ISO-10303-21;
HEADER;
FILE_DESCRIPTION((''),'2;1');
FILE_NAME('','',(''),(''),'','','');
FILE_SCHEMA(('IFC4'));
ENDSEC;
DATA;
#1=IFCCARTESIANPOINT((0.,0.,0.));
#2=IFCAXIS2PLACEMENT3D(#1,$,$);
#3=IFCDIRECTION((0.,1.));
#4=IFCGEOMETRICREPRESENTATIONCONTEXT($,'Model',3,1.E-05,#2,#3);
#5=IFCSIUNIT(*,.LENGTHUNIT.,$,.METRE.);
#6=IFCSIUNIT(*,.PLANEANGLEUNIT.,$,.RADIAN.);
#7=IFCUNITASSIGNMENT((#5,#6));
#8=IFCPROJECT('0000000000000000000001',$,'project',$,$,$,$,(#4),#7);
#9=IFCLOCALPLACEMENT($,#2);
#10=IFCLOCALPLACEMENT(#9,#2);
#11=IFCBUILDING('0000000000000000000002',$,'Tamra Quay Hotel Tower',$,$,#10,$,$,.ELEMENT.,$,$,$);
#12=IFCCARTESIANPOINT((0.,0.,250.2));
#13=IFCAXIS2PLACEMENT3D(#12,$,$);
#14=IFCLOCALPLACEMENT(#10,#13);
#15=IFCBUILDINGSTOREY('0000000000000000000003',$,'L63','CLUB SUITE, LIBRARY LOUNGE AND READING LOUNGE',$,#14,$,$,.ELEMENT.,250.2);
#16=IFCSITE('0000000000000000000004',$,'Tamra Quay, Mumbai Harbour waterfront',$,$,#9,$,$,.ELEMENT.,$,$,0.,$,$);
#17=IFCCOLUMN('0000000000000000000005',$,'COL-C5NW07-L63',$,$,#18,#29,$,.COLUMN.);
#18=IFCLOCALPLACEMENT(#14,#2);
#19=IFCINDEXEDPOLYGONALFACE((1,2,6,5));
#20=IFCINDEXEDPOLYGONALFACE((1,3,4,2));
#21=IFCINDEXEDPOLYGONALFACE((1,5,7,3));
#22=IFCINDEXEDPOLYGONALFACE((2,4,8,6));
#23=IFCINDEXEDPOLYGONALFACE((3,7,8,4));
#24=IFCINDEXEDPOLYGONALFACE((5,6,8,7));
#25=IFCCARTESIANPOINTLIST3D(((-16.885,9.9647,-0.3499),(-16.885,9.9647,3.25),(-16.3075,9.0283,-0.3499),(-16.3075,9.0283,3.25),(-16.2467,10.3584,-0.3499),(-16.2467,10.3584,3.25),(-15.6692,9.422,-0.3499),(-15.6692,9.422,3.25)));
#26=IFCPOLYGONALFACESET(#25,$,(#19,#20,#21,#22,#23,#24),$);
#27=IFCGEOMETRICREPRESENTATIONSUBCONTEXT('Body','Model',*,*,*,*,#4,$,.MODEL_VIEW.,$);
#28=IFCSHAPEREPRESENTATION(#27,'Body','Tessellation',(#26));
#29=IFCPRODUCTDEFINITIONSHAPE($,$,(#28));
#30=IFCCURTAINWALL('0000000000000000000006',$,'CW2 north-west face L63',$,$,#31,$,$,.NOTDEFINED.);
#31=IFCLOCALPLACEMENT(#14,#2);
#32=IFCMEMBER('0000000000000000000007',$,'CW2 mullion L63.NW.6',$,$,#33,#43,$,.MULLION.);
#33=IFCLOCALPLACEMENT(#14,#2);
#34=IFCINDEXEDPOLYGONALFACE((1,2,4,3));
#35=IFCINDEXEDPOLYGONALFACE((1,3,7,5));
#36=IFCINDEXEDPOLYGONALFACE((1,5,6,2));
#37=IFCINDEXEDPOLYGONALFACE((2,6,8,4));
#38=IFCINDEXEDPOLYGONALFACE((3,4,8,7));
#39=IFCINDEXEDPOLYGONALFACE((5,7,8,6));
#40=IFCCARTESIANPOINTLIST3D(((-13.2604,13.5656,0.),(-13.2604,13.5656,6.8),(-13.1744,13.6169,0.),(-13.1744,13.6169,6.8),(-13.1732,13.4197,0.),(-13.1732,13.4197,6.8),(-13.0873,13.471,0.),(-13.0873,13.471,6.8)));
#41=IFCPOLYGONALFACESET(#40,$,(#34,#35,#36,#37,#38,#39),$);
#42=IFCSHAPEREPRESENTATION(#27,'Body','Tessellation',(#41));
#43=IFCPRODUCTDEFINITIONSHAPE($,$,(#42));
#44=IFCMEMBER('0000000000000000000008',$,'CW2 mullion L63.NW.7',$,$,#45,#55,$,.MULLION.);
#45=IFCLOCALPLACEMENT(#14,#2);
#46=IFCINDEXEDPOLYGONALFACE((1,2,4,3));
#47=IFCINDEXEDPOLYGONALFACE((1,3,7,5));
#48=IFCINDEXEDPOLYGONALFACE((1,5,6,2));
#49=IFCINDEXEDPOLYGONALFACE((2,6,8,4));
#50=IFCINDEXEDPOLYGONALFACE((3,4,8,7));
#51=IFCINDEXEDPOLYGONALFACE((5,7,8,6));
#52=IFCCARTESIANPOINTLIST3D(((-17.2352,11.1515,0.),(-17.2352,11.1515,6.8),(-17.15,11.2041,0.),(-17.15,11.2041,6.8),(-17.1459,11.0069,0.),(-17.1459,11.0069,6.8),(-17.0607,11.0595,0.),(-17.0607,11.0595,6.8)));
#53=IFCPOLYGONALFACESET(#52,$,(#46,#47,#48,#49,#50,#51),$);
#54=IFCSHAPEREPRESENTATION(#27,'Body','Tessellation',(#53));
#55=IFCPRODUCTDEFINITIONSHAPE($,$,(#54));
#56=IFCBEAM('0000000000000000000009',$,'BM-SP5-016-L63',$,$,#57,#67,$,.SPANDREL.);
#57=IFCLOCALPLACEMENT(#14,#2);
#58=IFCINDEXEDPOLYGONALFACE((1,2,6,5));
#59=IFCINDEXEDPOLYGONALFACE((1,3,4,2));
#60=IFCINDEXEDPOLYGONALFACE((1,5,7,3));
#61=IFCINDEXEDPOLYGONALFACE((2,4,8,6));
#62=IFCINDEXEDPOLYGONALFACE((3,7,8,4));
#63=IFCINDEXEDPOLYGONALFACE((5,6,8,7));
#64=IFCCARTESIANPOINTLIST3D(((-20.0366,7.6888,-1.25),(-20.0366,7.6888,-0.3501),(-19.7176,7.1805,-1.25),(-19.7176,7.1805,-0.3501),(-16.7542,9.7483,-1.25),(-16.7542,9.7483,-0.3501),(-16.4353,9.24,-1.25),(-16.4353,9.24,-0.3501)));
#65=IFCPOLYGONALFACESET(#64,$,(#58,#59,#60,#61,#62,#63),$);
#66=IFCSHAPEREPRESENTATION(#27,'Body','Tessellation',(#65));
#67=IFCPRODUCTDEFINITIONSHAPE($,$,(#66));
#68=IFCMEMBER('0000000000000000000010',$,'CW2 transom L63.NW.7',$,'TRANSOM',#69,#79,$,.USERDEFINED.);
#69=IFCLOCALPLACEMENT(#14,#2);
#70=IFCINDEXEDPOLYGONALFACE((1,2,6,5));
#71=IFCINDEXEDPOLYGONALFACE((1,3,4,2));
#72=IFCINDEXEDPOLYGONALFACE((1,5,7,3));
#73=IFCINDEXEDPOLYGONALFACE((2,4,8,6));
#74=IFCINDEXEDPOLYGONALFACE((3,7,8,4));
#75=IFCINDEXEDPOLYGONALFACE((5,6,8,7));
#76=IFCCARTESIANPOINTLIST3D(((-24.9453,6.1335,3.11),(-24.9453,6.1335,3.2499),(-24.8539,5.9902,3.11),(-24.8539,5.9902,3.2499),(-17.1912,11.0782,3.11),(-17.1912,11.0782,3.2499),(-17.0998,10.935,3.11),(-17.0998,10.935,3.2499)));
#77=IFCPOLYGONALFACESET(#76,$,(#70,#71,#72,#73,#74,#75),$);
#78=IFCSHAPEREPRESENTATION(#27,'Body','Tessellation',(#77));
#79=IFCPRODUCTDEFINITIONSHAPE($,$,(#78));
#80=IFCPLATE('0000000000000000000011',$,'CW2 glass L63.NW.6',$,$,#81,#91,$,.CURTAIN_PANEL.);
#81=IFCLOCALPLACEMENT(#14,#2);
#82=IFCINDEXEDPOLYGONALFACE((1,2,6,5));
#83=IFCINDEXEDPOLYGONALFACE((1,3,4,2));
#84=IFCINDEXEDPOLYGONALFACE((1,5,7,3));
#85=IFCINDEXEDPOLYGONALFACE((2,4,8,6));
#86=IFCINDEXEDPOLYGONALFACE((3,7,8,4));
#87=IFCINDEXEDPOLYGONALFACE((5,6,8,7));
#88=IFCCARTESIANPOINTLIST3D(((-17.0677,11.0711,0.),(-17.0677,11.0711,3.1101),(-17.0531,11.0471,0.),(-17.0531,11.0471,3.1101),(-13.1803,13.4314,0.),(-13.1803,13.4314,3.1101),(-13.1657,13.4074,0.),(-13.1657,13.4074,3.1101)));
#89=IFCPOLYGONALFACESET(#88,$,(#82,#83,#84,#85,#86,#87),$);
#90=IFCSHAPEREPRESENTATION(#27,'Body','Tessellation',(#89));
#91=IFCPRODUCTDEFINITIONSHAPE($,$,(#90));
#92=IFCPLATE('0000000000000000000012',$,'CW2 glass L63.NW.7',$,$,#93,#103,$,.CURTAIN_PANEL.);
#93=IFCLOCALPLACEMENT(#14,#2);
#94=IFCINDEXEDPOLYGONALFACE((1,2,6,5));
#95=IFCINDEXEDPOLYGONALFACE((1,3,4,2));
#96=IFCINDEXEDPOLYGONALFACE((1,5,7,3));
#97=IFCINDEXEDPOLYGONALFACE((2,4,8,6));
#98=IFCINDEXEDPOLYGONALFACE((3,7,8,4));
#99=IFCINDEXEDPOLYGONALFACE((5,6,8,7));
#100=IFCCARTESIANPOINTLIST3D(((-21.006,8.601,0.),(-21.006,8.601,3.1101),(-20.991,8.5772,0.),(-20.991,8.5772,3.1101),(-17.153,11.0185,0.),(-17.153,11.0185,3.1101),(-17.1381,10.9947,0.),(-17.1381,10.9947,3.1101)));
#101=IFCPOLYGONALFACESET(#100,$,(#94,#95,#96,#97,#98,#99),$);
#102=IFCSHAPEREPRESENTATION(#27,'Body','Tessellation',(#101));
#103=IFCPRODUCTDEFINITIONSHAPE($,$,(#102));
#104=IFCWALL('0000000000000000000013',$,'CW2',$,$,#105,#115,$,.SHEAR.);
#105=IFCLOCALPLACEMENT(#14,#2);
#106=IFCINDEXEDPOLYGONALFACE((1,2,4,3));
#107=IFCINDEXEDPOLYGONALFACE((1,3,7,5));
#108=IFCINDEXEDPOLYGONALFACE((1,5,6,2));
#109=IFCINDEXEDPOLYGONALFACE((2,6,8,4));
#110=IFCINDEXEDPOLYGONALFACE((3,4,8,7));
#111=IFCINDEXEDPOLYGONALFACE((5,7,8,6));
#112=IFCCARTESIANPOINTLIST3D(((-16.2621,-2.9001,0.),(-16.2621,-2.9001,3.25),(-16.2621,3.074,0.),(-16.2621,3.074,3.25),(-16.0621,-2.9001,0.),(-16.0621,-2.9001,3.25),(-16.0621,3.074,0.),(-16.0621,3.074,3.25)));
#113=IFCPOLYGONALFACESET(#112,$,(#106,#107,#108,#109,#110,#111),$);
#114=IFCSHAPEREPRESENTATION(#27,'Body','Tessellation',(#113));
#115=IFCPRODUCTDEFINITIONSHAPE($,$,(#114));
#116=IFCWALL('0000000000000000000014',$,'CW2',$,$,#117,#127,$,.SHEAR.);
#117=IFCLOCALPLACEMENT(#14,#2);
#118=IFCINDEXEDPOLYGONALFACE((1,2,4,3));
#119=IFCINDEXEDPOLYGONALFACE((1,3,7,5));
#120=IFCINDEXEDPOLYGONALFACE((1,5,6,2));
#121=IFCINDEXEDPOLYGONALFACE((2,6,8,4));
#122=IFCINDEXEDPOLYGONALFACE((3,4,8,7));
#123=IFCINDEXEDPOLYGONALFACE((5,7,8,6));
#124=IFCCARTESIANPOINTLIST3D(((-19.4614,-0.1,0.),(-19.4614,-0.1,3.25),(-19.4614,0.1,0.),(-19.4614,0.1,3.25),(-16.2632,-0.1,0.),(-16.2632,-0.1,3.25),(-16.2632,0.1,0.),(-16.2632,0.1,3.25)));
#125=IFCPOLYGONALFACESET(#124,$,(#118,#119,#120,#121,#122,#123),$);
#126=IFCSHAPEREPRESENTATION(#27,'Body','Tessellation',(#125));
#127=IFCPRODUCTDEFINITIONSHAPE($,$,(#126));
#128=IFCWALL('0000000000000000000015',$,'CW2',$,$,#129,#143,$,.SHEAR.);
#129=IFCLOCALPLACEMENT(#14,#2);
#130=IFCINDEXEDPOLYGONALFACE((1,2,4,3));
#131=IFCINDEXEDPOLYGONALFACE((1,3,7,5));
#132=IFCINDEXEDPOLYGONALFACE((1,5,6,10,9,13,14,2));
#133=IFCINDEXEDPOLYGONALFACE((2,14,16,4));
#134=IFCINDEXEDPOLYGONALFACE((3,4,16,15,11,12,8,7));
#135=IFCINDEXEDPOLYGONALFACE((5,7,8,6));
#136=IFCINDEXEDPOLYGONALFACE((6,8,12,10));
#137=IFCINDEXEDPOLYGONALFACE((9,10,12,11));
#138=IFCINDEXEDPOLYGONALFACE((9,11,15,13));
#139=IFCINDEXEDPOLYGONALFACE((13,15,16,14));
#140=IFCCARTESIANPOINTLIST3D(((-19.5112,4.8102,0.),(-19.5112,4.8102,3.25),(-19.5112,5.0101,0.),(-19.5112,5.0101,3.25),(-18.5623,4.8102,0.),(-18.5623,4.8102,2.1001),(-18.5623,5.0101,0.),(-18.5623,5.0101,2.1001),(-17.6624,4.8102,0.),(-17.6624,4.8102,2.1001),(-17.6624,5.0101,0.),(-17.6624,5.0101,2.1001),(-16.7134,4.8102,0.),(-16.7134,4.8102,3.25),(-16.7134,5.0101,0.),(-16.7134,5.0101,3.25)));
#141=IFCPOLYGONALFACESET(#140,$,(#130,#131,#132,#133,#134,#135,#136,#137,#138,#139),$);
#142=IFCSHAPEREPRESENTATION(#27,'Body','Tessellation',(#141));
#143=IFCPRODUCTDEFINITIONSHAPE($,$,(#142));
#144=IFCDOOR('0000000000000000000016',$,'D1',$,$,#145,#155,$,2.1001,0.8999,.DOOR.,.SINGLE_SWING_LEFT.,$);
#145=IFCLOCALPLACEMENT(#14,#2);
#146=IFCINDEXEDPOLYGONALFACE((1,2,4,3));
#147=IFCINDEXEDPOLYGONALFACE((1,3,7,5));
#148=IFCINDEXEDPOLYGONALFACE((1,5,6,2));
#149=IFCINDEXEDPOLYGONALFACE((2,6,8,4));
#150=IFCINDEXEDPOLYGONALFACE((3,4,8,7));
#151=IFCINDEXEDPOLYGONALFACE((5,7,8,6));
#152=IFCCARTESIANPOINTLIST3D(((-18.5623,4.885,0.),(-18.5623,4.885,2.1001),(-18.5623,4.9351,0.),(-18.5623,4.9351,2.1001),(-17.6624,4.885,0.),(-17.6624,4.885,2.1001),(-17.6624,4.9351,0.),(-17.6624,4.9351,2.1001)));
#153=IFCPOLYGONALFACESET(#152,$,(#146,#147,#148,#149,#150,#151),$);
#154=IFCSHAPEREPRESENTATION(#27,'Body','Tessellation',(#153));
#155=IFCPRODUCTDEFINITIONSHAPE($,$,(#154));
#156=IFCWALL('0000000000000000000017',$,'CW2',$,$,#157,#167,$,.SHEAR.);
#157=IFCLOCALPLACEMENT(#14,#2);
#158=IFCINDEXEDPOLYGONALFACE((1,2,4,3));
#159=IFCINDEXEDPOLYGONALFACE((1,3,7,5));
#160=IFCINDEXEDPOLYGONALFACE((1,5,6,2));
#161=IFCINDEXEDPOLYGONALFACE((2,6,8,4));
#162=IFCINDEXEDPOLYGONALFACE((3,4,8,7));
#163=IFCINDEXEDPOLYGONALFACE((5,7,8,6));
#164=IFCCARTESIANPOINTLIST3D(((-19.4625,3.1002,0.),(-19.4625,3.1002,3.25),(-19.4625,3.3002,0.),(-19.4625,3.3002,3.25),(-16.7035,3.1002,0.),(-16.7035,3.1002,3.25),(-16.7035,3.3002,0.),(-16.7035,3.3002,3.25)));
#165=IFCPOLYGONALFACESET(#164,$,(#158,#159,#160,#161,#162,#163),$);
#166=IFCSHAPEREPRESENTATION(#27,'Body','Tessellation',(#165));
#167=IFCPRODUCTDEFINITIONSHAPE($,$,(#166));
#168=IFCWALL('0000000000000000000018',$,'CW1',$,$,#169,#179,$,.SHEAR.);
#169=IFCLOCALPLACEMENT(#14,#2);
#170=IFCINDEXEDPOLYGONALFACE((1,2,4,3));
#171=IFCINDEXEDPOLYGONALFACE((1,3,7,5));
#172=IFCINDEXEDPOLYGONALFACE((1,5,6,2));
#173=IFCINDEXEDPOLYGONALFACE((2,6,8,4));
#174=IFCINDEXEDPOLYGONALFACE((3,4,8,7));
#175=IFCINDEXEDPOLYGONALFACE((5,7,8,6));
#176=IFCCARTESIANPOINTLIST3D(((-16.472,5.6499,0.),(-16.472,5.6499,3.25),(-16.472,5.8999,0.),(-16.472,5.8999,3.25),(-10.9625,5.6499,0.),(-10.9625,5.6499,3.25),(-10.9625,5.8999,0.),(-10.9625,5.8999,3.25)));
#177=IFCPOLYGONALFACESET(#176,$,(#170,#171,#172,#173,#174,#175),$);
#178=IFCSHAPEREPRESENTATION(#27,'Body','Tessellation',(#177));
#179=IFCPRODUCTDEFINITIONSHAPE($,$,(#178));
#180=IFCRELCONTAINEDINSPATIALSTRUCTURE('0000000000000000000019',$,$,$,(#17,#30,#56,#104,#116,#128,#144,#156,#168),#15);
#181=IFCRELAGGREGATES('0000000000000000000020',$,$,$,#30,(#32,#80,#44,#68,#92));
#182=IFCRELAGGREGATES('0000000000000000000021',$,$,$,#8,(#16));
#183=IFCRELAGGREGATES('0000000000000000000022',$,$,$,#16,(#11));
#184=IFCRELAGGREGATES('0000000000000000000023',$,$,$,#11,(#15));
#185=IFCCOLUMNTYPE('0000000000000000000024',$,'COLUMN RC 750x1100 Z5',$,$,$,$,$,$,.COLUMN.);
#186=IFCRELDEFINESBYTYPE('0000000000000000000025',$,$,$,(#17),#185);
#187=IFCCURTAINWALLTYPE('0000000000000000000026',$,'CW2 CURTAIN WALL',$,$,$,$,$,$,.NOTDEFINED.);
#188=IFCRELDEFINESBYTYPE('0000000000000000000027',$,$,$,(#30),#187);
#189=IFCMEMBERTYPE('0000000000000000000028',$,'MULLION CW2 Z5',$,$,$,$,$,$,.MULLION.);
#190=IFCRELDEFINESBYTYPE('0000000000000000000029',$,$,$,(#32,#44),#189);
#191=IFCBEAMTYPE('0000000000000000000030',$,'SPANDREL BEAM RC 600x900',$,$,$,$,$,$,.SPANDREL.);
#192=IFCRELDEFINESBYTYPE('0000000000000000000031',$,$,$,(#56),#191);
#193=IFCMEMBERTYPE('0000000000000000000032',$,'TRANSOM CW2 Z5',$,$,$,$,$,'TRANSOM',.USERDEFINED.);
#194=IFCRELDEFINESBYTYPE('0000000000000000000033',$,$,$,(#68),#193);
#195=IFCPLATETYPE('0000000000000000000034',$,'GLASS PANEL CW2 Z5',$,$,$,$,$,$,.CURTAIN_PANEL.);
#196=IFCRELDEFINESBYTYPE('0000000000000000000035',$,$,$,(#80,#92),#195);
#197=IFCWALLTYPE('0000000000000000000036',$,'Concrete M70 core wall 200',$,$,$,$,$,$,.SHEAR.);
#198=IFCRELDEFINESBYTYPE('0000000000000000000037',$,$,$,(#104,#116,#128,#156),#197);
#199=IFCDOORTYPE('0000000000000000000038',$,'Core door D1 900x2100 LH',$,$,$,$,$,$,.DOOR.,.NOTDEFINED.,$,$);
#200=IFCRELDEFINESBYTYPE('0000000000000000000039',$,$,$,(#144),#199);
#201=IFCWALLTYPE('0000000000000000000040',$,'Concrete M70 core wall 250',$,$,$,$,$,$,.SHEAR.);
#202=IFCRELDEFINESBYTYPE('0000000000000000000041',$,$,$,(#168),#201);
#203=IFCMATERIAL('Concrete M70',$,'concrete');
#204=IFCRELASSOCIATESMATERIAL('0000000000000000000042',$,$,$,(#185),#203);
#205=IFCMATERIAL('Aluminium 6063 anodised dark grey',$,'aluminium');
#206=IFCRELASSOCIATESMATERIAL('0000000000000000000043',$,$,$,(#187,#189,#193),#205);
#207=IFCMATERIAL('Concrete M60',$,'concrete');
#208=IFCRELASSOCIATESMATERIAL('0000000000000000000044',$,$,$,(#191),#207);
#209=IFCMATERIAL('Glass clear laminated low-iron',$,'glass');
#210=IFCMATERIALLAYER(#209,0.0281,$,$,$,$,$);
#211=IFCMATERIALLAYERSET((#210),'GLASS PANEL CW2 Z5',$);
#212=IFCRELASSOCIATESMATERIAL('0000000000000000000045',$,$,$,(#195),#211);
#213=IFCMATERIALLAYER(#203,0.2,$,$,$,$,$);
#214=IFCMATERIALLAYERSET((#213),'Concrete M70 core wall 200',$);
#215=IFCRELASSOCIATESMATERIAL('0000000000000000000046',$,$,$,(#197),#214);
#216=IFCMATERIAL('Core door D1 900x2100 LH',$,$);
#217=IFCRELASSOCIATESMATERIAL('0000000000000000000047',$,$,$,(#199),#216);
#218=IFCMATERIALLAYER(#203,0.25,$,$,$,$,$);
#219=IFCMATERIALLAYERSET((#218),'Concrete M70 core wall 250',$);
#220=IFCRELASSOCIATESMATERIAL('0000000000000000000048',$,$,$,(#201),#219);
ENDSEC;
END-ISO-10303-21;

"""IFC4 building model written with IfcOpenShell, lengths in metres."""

from ifc_helpers import new_model, si_unit, direction, frame, frame_2d, origin, origin_2d, place, context, subcontext, project, spatial, rectangle, extrude, material, layer, layer_set, material_profile, profile_set, type_object, element, fill, aggregate, save


model = new_model("IFC4")

# Units and contexts
model_context = context("Model", 3, precision=1e-05, world=origin(), true_north=direction((0.0, 1.0)))
body_context = subcontext(model_context, "Body", "Model", "MODEL_VIEW")
ifc_project = project(units=[si_unit("LENGTHUNIT", "METRE"), si_unit("PLANEANGLEUNIT", "RADIAN")], contexts=[model_context])

# Site, building, storey
site_placement = place(None, origin())
site = spatial("IfcSite", under=ifc_project, at=site_placement, Name="Tamra Quay, Mumbai Harbour waterfront", CompositionType="ELEMENT", RefElevation=0.0)
building_placement = place(site_placement, origin())
building = spatial("IfcBuilding", under=site, at=building_placement, Name="Tamra Quay Hotel Tower", CompositionType="ELEMENT")
storey_placement = place(building_placement, frame((0.0, 0.0, 250.2)))
storey = spatial("IfcBuildingStorey", under=building, at=storey_placement, Name="L63", Description="CLUB SUITE, LIBRARY LOUNGE AND READING LOUNGE", CompositionType="ELEMENT", Elevation=250.2)

# Column
ifc_material_1 = material(Name="Concrete M70", Category="concrete")
ifc_material_profile_1 = material_profile(ifc_material_1, rectangle(XDim=1.1001, YDim=0.75, at=origin_2d()), Name="COLUMN RC 750x1100 Z5")
ifc_profile_set_1 = profile_set([ifc_material_profile_1], Name="Concrete M70")
column_type = type_object("IfcColumnType", Name="COLUMN RC 750x1100 Z5", PredefinedType="COLUMN", material=ifc_profile_set_1)
column_placement = place(storey_placement, frame((-16.2771, 9.6934, -0.3499), z_axis=(0.0, 0.0, 1.0), x_axis=(-0.524928, 0.851147, 0.0)))
element("IfcColumn", 1, at=column_placement, inside=storey, type_object=column_type, Name="COL-C5NW07-L63", PredefinedType="COLUMN", context=body_context, shape_type="SweptSolid", body=[
    extrude(rectangle(XDim=1.1001, YDim=0.75, at=origin_2d()), origin(), (0.0, 0.0, 1.0), 3.5999),
])

# Curtain wall, members
ifc_material_2 = material(Name="Aluminium 6063 anodised dark grey", Category="aluminium")
curtain_wall_type = type_object("IfcCurtainWallType", Name="CW2 CURTAIN WALL", PredefinedType="NOTDEFINED", material=ifc_material_2)
curtain_wall_placement = place(storey_placement, origin())
curtain_wall = element("IfcCurtainWall", 2, at=curtain_wall_placement, inside=storey, type_object=curtain_wall_type, Name="CW2 north-west face L63", PredefinedType="NOTDEFINED")
ifc_material_profile_2 = material_profile(ifc_material_2, rectangle(XDim=0.1699, YDim=0.1001, at=origin_2d()), Name="MULLION 100X170")
ifc_profile_set_2 = profile_set([ifc_material_profile_2], Name="Aluminium 6063 anodised dark grey")
member_type_1 = type_object("IfcMemberType", Name="MULLION CW2 Z5", PredefinedType="MULLION", material=ifc_profile_set_2)
member_1_placement = place(storey_placement, frame((-13.1738, 13.5183, 0.0), z_axis=(0.0, 0.0, 1.0), x_axis=(-0.512687, 0.858575, 0.0)))
member_1 = element("IfcMember", 3, at=member_1_placement, type_object=member_type_1, Name="CW2 mullion L63.NW.6", PredefinedType="MULLION", context=body_context, shape_type="SweptSolid", body=[
    extrude(rectangle(XDim=0.1699, YDim=0.1001, at=origin_2d()), origin(), (0.0, 0.0, 1.0), 6.8),
])
member_2_placement = place(storey_placement, frame((-17.1479, 11.1055, 0.0), z_axis=(0.0, 0.0, 1.0), x_axis=(-0.525249, 0.850949, 0.0)))
member_2 = element("IfcMember", 4, at=member_2_placement, type_object=member_type_1, Name="CW2 mullion L63.NW.7", PredefinedType="MULLION", context=body_context, shape_type="SweptSolid", body=[
    extrude(rectangle(XDim=0.1699, YDim=0.1001, at=origin_2d()), origin(), (0.0, 0.0, 1.0), 6.8),
])

# Beam
ifc_material_3 = material(Name="Concrete M60", Category="concrete")
ifc_material_profile_3 = material_profile(ifc_material_3, rectangle(XDim=0.6001, YDim=0.8999, at=origin_2d()), Name="SPANDREL BEAM RC 600x900")
ifc_profile_set_3 = profile_set([ifc_material_profile_3], Name="Concrete M60")
beam_type = type_object("IfcBeamType", Name="SPANDREL BEAM RC 600x900", PredefinedType="SPANDREL", material=ifc_profile_set_3)
beam_placement = place(storey_placement, frame((-16.5947, 9.4941, -0.8), z_axis=(-0.847066, -0.531488, 0.0), x_axis=(0.531488, -0.847066, 0.0)))
element("IfcBeam", 5, at=beam_placement, inside=storey, type_object=beam_type, Name="BM-SP5-016-L63", PredefinedType="SPANDREL", context=body_context, shape_type="SweptSolid", body=[
    extrude(rectangle(XDim=0.6001, YDim=0.8999, at=origin_2d()), origin(), (0.0, 0.0, 1.0), 3.875),
])

# Member
ifc_material_profile_4 = material_profile(ifc_material_2, rectangle(XDim=0.1699, YDim=0.1399, at=origin_2d()), Name="TRANSOM 170X140")
ifc_profile_set_4 = profile_set([ifc_material_profile_4], Name="Aluminium 6063 anodised dark grey")
member_type_2 = type_object("IfcMemberType", Name="TRANSOM CW2 Z5", ElementType="TRANSOM", PredefinedType="USERDEFINED", material=ifc_profile_set_4)
member_3_placement = place(storey_placement, frame((-17.1455, 11.0066, 3.1799), z_axis=(-0.843151, -0.537677, 0.0), x_axis=(0.537677, -0.843151, 0.0)))
member_3 = element("IfcMember", 6, at=member_3_placement, type_object=member_type_2, Name="CW2 transom L63.NW.7", ObjectType="TRANSOM", PredefinedType="USERDEFINED", context=body_context, shape_type="SweptSolid", body=[
    extrude(rectangle(XDim=0.1699, YDim=0.1399, at=origin_2d()), origin(), (0.0, 0.0, 1.0), 9.1965),
])

# Plates
ifc_material_4 = material(Name="Glass clear laminated low-iron", Category="glass")
ifc_layer_1 = layer(ifc_material_4, 0.0281)
ifc_layer_set_1 = layer_set([ifc_layer_1], Name="GLASS PANEL CW2 Z5")
plate_type = type_object("IfcPlateType", Name="GLASS PANEL CW2 Z5", PredefinedType="CURTAIN_PANEL", material=ifc_layer_set_1)
plate_1_placement = place(storey_placement, frame((-15.1167, 12.2393, 0.0), z_axis=(0.0, 0.0, 1.0), x_axis=(-0.854783, -0.518985, 0.0)))
plate_1 = element("IfcPlate", 7, at=plate_1_placement, type_object=plate_type, Name="CW2 glass L63.NW.6", PredefinedType="CURTAIN_PANEL", context=body_context, shape_type="SweptSolid", body=[
    extrude(rectangle(XDim=4.5479, YDim=0.0281, at=origin_2d()), origin(), (0.0, 0.0, 1.0), 3.1101),
])
plate_2_placement = place(storey_placement, frame((-19.072, 9.7979, 0.0), z_axis=(0.0, 0.0, 1.0), x_axis=(-0.847068, -0.531484, 0.0)))
plate_2 = element("IfcPlate", 8, at=plate_2_placement, type_object=plate_type, Name="CW2 glass L63.NW.7", PredefinedType="CURTAIN_PANEL", context=body_context, shape_type="SweptSolid", body=[
    extrude(rectangle(XDim=4.5486, YDim=0.0281, at=origin_2d()), origin(), (0.0, 0.0, 1.0), 3.1101),
])
aggregate(curtain_wall, [member_1, plate_1, member_2, member_3, plate_2])

# Walls
ifc_layer_2 = layer(ifc_material_1, 0.2)
ifc_layer_set_2 = layer_set([ifc_layer_2], Name="Concrete M70 core wall 200")
wall_type_1 = type_object("IfcWallType", Name="Concrete M70 core wall 200", PredefinedType="SHEAR", material=ifc_layer_set_2)
wall_1_placement = place(storey_placement, frame((-16.1621, 3.074, 0.0), z_axis=(0.0, 0.0, 1.0), x_axis=(0.0, -1.0, 0.0)))
element("IfcWall", 9, at=wall_1_placement, inside=storey, type_object=wall_type_1, Name="CW2", PredefinedType="SHEAR", context=body_context, shape_type="SweptSolid", body=[
    extrude(rectangle(XDim=5.9741, YDim=0.2, at=frame_2d((2.9871, 0.0))), origin(), (0.0, 0.0, 1.0), 3.25),
])
wall_2_placement = place(storey_placement, frame((-16.2632, 0.0, 0.0), z_axis=(0.0, 0.0, 1.0), x_axis=(-1.0, 0.0, 0.0)))
element("IfcWall", 10, at=wall_2_placement, inside=storey, type_object=wall_type_1, Name="CW2", PredefinedType="SHEAR", context=body_context, shape_type="SweptSolid", body=[
    extrude(rectangle(XDim=3.1982, YDim=0.2, at=frame_2d((1.5991, 0.0))), origin(), (0.0, 0.0, 1.0), 3.25),
])

# Wall, opening, door
wall_3_placement = place(storey_placement, frame((-19.5112, 4.9102, 0.0), z_axis=(0.0, 0.0, 1.0), x_axis=(1.0, 0.0, 0.0)))
wall_3 = element("IfcWall", 11, at=wall_3_placement, inside=storey, type_object=wall_type_1, Name="CW2", PredefinedType="SHEAR", context=body_context, shape_type="SweptSolid", body=[
    extrude(rectangle(XDim=2.7979, YDim=0.2, at=frame_2d((1.3989, 0.0))), origin(), (0.0, 0.0, 1.0), 3.25),
])
opening_placement = place(wall_3_placement, frame((0.949, 0.0, 0.0)))
opening = element("IfcOpeningElement", 12, at=opening_placement, cuts=wall_3, PredefinedType="OPENING", context=body_context, shape_type="SweptSolid", body=[
    extrude(rectangle(XDim=0.8999, YDim=2.1001, at=frame_2d((0.45, 1.05))), frame((0.0, 0.1099, 0.0), z_axis=(0.0, -1.0, 0.0), x_axis=(1.0, 0.0, 0.0)), (0.0, 0.0, 1.0), 0.22),
])
ifc_material_5 = material(Name="Core door D1 900x2100 LH")
door_type = type_object("IfcDoorType", Name="Core door D1 900x2100 LH", OperationType="NOTDEFINED", PredefinedType="DOOR", material=ifc_material_5)
door_placement = place(opening_placement, origin())
door = element("IfcDoor", 13, at=door_placement, inside=storey, type_object=door_type, Name="D1", OperationType="SINGLE_SWING_LEFT", OverallHeight=2.1001, OverallWidth=0.8999, PredefinedType="DOOR", context=body_context, shape_type="SweptSolid", body=[
    extrude(rectangle(XDim=0.8999, YDim=2.1001, at=frame_2d((0.45, 1.05))), frame((0.0, 0.0249, 0.0), z_axis=(0.0, -1.0, 0.0), x_axis=(1.0, 0.0, 0.0)), (0.0, 0.0, 1.0), 0.05),
])
fill(opening, door)

# Walls
wall_4_placement = place(storey_placement, frame((-19.4624, 3.2002, 0.0), z_axis=(0.0, 0.0, 1.0), x_axis=(1.0, 0.0, 0.0)))
element("IfcWall", 14, at=wall_4_placement, inside=storey, type_object=wall_type_1, Name="CW2", PredefinedType="SHEAR", context=body_context, shape_type="SweptSolid", body=[
    extrude(rectangle(XDim=2.759, YDim=0.2, at=frame_2d((1.3794, 0.0))), origin(), (0.0, 0.0, 1.0), 3.25),
])
ifc_layer_3 = layer(ifc_material_1, 0.25)
ifc_layer_set_3 = layer_set([ifc_layer_3], Name="Concrete M70 core wall 250")
wall_type_2 = type_object("IfcWallType", Name="Concrete M70 core wall 250", PredefinedType="SHEAR", material=ifc_layer_set_3)
wall_5_placement = place(storey_placement, frame((-16.4722, 5.7749, 0.0), z_axis=(0.0, 0.0, 1.0), x_axis=(1.0, 0.0, 0.0)))
element("IfcWall", 15, at=wall_5_placement, inside=storey, type_object=wall_type_2, Name="CW1", PredefinedType="SHEAR", context=body_context, shape_type="SweptSolid", body=[
    extrude(rectangle(XDim=5.5095, YDim=0.25, at=frame_2d((2.7549, 0.0))), origin(), (0.0, 0.0, 1.0), 3.25),
])

save(model, "model.ifc")
